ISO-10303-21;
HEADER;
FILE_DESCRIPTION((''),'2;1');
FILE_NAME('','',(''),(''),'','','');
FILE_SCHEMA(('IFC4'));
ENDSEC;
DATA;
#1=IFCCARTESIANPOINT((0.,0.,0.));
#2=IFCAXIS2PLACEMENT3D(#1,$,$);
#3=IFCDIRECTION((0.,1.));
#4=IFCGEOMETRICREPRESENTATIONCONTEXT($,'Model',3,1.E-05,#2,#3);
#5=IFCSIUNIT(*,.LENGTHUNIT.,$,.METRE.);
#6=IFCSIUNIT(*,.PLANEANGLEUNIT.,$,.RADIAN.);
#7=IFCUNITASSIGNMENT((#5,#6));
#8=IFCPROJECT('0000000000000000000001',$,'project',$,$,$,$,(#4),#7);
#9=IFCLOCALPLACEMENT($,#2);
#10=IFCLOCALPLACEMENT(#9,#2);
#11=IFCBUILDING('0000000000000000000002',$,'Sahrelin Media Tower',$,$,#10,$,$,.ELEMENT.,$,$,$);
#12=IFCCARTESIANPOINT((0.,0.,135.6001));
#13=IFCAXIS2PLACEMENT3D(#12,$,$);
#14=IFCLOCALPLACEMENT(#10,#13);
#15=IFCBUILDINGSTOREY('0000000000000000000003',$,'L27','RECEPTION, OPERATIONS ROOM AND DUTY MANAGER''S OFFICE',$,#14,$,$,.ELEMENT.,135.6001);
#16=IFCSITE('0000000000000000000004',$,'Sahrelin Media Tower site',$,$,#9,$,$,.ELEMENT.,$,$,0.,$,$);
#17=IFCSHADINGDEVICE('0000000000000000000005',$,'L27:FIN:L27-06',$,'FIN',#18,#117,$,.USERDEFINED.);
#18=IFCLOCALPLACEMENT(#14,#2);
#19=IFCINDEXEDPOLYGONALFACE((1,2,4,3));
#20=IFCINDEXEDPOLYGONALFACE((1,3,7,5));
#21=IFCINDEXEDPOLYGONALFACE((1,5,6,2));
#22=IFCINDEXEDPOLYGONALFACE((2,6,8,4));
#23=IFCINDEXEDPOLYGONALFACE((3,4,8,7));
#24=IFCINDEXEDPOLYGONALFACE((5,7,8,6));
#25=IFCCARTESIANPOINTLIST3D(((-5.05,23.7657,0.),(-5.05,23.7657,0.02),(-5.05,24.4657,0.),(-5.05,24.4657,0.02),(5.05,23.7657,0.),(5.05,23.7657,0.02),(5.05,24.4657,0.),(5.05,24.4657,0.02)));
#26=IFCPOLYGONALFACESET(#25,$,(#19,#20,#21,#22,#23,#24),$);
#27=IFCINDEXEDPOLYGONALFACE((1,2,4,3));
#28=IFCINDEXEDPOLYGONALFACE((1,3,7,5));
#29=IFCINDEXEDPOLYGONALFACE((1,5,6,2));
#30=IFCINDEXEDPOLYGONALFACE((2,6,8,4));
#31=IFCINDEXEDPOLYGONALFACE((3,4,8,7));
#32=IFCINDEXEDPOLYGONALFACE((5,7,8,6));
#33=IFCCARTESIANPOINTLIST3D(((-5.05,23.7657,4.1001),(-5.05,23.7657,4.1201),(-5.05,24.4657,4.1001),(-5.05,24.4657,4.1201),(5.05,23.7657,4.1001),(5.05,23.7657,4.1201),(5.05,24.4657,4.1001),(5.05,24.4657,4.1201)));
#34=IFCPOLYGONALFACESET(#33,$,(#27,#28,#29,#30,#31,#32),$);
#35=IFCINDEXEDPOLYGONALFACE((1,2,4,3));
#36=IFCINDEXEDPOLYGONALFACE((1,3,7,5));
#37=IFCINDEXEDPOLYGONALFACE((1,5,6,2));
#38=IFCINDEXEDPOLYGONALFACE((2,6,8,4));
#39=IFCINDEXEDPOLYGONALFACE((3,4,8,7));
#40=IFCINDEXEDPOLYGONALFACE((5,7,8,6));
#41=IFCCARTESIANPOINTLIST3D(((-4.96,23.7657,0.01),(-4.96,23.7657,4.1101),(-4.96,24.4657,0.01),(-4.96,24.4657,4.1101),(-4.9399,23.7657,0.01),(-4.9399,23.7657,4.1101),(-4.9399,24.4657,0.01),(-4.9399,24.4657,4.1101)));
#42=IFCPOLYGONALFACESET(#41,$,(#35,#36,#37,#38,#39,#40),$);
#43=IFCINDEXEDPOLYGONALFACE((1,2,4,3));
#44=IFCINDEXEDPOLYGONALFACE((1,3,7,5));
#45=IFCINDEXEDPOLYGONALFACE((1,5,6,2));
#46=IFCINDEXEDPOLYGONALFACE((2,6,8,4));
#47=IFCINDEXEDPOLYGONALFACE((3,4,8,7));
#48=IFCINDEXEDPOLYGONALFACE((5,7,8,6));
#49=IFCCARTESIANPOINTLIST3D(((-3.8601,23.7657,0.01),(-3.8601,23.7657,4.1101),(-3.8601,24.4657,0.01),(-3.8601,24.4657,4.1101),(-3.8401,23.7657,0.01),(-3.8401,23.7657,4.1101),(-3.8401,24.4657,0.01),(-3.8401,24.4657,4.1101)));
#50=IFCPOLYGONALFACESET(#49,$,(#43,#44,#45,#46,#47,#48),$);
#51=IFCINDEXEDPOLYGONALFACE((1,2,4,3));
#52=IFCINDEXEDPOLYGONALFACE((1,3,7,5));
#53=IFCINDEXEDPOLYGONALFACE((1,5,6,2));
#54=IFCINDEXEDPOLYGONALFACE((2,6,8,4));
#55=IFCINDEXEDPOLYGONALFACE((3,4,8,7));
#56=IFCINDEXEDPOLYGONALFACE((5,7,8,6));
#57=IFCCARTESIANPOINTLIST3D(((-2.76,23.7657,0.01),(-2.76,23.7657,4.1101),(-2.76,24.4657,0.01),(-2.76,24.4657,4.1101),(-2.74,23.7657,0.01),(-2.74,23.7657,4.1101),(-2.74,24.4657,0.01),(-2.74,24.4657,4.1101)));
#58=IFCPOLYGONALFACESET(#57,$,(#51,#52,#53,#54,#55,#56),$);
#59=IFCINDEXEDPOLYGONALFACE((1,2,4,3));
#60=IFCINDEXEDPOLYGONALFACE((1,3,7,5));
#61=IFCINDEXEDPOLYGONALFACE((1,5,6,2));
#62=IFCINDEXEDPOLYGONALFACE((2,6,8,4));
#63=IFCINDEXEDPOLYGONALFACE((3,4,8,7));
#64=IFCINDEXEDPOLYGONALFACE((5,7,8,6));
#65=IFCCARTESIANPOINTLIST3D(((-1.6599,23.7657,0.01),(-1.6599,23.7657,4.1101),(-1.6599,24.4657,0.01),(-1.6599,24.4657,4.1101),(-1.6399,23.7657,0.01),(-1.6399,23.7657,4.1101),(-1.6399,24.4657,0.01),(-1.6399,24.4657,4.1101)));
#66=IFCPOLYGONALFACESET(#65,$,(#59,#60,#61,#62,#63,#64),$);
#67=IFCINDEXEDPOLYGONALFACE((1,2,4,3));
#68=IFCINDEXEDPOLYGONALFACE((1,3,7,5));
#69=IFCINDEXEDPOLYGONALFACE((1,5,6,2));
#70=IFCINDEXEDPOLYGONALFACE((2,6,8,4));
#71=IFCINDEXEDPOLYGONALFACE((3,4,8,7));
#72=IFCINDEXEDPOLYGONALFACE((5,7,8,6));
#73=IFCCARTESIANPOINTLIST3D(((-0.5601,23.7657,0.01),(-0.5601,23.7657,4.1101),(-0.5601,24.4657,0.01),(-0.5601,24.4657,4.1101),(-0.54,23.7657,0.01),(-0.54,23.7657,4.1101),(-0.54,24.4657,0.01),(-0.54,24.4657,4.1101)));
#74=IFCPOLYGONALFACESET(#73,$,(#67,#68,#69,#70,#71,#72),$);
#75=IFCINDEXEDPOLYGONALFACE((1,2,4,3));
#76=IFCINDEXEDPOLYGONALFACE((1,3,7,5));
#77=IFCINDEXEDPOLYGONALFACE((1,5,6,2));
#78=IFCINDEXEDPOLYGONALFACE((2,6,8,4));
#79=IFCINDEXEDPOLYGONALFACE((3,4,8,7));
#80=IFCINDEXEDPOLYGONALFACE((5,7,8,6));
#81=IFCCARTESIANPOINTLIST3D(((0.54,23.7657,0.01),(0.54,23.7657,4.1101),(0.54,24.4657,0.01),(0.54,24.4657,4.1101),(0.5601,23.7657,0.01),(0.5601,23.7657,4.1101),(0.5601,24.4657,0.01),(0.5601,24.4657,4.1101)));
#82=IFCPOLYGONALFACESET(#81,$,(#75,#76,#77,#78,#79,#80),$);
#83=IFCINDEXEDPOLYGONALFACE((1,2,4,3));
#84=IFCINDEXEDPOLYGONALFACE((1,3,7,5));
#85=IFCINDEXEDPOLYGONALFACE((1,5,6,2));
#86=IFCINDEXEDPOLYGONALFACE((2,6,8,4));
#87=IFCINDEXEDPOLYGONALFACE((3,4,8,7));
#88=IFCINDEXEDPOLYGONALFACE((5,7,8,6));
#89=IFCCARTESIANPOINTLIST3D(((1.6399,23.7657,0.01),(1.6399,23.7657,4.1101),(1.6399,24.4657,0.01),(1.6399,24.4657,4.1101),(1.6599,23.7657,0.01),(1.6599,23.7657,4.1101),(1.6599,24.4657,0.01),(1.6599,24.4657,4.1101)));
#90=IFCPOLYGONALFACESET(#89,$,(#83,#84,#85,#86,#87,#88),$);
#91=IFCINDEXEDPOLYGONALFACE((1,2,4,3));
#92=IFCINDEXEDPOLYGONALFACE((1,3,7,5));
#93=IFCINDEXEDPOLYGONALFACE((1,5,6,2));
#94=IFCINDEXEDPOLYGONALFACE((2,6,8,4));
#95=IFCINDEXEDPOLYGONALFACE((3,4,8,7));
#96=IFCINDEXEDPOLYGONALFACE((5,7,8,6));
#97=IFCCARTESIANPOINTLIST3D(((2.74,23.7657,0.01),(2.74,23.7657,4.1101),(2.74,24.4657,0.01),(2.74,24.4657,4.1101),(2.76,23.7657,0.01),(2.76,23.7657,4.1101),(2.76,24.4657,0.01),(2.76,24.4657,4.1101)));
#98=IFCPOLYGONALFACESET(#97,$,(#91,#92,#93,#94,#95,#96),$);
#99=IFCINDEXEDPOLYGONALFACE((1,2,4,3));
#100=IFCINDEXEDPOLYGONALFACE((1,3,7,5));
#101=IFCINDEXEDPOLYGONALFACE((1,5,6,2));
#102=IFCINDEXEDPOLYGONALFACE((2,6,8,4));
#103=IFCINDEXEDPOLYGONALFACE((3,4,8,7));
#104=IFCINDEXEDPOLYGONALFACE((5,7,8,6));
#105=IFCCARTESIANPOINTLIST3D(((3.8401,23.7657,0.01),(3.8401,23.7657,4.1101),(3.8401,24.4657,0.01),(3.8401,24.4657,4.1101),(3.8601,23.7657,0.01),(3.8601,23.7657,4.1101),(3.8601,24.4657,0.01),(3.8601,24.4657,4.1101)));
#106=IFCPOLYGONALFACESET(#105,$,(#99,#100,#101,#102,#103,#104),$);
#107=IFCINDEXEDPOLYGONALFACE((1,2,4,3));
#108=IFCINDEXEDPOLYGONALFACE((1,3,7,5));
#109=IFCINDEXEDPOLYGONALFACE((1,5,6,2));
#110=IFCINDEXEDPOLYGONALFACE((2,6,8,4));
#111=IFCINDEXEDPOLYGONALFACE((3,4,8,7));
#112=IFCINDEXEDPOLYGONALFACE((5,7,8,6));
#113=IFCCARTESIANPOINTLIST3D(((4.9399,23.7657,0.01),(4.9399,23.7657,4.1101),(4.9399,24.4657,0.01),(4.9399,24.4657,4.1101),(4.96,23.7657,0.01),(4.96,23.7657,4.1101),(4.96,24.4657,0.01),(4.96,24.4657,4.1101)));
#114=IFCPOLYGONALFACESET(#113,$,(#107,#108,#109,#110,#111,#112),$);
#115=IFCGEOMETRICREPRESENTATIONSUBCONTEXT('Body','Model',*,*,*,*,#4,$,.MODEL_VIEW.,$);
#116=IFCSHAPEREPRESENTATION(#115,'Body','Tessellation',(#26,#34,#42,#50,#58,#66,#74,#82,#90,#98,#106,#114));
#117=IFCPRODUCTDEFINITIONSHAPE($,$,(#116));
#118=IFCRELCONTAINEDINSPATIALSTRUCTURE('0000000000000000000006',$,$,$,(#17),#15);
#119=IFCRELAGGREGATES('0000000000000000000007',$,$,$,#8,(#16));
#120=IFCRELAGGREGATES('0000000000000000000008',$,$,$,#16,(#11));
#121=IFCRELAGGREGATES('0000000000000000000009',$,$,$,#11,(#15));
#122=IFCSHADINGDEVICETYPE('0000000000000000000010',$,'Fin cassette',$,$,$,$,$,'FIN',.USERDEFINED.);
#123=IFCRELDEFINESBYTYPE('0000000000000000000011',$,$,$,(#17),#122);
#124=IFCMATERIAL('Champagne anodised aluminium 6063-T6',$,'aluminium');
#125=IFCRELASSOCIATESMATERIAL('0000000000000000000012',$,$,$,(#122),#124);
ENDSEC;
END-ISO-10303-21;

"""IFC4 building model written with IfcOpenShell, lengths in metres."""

from ifc_helpers import new_model, si_unit, direction, frame, origin, origin_2d, place, context, subcontext, project, spatial, rectangle, extrude, material, type_object, element, save


model = new_model("IFC4")

# Units and contexts
model_context = context("Model", 3, precision=1e-05, world=origin(), true_north=direction((0.0, 1.0)))
body_context = subcontext(model_context, "Body", "Model", "MODEL_VIEW")
ifc_project = project(units=[si_unit("LENGTHUNIT", "METRE"), si_unit("PLANEANGLEUNIT", "RADIAN")], contexts=[model_context])

# Site, building, storey
site_placement = place(None, origin())
site = spatial("IfcSite", under=ifc_project, at=site_placement, Name="Sahrelin Media Tower site", CompositionType="ELEMENT", RefElevation=0.0)
building_placement = place(site_placement, origin())
building = spatial("IfcBuilding", under=site, at=building_placement, Name="Sahrelin Media Tower", CompositionType="ELEMENT")
storey_placement = place(building_placement, frame((0.0, 0.0, 135.6001)))
storey = spatial("IfcBuildingStorey", under=building, at=storey_placement, Name="L27", Description="RECEPTION, OPERATIONS ROOM AND DUTY MANAGER'S OFFICE", CompositionType="ELEMENT", Elevation=135.6001)

# Shared definitions
ifc_material_1 = material(Name="Champagne anodised aluminium 6063-T6", Category="aluminium")

# Shared definitions
placement_1 = place(storey_placement, frame((0.0, 23.6958, 0.0), z_axis=(0.0, 0.0, 1.0), x_axis=(1.0, 0.0, 0.0)))

# Shading device
shading_device_type_1 = type_object("IfcShadingDeviceType", Name="Fin cassette", ElementType="FIN", PredefinedType="USERDEFINED", material=ifc_material_1)
element("IfcShadingDevice", 1, at=placement_1, inside=storey, type_object=shading_device_type_1, Name="L27:FIN:L27-06", ObjectType="FIN", PredefinedType="USERDEFINED", context=body_context, shape_type="SweptSolid", body=[
    extrude(rectangle(XDim=10.1001, YDim=0.7, at=origin_2d()), frame((0.0, 0.4199, 0.0)), (0.0, 0.0, 1.0), 0.02),
    extrude(rectangle(XDim=10.1001, YDim=0.7, at=origin_2d()), frame((0.0, 0.4199, 4.1001)), (0.0, 0.0, 1.0), 0.02),
    extrude(rectangle(XDim=0.02, YDim=0.7, at=origin_2d()), frame((-4.95, 0.4199, 0.01), z_axis=(0.0, 0.0, 1.0), x_axis=(1.0, 0.0, 0.0)), (0.0, 0.0, 1.0), 4.1001),
    extrude(rectangle(XDim=0.02, YDim=0.7, at=origin_2d()), frame((-3.8501, 0.4199, 0.01), z_axis=(0.0, 0.0, 1.0), x_axis=(1.0, 0.0, 0.0)), (0.0, 0.0, 1.0), 4.1001),
    extrude(rectangle(XDim=0.02, YDim=0.7, at=origin_2d()), frame((-2.75, 0.4199, 0.01), z_axis=(0.0, 0.0, 1.0), x_axis=(1.0, 0.0, 0.0)), (0.0, 0.0, 1.0), 4.1001),
    extrude(rectangle(XDim=0.02, YDim=0.7, at=origin_2d()), frame((-1.6499, 0.4199, 0.01), z_axis=(0.0, 0.0, 1.0), x_axis=(1.0, 0.0, 0.0)), (0.0, 0.0, 1.0), 4.1001),
    extrude(rectangle(XDim=0.02, YDim=0.7, at=origin_2d()), frame((-0.55, 0.4199, 0.01), z_axis=(0.0, 0.0, 1.0), x_axis=(1.0, 0.0, 0.0)), (0.0, 0.0, 1.0), 4.1001),
    extrude(rectangle(XDim=0.02, YDim=0.7, at=origin_2d()), frame((0.55, 0.4199, 0.01), z_axis=(0.0, 0.0, 1.0), x_axis=(1.0, 0.0, 0.0)), (0.0, 0.0, 1.0), 4.1001),
    extrude(rectangle(XDim=0.02, YDim=0.7, at=origin_2d()), frame((1.6499, 0.4199, 0.01), z_axis=(0.0, 0.0, 1.0), x_axis=(1.0, 0.0, 0.0)), (0.0, 0.0, 1.0), 4.1001),
    extrude(rectangle(XDim=0.02, YDim=0.7, at=origin_2d()), frame((2.75, 0.4199, 0.01), z_axis=(0.0, 0.0, 1.0), x_axis=(1.0, 0.0, 0.0)), (0.0, 0.0, 1.0), 4.1001),
    extrude(rectangle(XDim=0.02, YDim=0.7, at=origin_2d()), frame((3.8501, 0.4199, 0.01), z_axis=(0.0, 0.0, 1.0), x_axis=(1.0, 0.0, 0.0)), (0.0, 0.0, 1.0), 4.1001),
    extrude(rectangle(XDim=0.02, YDim=0.7, at=origin_2d()), frame((4.95, 0.4199, 0.01), z_axis=(0.0, 0.0, 1.0), x_axis=(1.0, 0.0, 0.0)), (0.0, 0.0, 1.0), 4.1001),
])

save(model, "model.ifc")
